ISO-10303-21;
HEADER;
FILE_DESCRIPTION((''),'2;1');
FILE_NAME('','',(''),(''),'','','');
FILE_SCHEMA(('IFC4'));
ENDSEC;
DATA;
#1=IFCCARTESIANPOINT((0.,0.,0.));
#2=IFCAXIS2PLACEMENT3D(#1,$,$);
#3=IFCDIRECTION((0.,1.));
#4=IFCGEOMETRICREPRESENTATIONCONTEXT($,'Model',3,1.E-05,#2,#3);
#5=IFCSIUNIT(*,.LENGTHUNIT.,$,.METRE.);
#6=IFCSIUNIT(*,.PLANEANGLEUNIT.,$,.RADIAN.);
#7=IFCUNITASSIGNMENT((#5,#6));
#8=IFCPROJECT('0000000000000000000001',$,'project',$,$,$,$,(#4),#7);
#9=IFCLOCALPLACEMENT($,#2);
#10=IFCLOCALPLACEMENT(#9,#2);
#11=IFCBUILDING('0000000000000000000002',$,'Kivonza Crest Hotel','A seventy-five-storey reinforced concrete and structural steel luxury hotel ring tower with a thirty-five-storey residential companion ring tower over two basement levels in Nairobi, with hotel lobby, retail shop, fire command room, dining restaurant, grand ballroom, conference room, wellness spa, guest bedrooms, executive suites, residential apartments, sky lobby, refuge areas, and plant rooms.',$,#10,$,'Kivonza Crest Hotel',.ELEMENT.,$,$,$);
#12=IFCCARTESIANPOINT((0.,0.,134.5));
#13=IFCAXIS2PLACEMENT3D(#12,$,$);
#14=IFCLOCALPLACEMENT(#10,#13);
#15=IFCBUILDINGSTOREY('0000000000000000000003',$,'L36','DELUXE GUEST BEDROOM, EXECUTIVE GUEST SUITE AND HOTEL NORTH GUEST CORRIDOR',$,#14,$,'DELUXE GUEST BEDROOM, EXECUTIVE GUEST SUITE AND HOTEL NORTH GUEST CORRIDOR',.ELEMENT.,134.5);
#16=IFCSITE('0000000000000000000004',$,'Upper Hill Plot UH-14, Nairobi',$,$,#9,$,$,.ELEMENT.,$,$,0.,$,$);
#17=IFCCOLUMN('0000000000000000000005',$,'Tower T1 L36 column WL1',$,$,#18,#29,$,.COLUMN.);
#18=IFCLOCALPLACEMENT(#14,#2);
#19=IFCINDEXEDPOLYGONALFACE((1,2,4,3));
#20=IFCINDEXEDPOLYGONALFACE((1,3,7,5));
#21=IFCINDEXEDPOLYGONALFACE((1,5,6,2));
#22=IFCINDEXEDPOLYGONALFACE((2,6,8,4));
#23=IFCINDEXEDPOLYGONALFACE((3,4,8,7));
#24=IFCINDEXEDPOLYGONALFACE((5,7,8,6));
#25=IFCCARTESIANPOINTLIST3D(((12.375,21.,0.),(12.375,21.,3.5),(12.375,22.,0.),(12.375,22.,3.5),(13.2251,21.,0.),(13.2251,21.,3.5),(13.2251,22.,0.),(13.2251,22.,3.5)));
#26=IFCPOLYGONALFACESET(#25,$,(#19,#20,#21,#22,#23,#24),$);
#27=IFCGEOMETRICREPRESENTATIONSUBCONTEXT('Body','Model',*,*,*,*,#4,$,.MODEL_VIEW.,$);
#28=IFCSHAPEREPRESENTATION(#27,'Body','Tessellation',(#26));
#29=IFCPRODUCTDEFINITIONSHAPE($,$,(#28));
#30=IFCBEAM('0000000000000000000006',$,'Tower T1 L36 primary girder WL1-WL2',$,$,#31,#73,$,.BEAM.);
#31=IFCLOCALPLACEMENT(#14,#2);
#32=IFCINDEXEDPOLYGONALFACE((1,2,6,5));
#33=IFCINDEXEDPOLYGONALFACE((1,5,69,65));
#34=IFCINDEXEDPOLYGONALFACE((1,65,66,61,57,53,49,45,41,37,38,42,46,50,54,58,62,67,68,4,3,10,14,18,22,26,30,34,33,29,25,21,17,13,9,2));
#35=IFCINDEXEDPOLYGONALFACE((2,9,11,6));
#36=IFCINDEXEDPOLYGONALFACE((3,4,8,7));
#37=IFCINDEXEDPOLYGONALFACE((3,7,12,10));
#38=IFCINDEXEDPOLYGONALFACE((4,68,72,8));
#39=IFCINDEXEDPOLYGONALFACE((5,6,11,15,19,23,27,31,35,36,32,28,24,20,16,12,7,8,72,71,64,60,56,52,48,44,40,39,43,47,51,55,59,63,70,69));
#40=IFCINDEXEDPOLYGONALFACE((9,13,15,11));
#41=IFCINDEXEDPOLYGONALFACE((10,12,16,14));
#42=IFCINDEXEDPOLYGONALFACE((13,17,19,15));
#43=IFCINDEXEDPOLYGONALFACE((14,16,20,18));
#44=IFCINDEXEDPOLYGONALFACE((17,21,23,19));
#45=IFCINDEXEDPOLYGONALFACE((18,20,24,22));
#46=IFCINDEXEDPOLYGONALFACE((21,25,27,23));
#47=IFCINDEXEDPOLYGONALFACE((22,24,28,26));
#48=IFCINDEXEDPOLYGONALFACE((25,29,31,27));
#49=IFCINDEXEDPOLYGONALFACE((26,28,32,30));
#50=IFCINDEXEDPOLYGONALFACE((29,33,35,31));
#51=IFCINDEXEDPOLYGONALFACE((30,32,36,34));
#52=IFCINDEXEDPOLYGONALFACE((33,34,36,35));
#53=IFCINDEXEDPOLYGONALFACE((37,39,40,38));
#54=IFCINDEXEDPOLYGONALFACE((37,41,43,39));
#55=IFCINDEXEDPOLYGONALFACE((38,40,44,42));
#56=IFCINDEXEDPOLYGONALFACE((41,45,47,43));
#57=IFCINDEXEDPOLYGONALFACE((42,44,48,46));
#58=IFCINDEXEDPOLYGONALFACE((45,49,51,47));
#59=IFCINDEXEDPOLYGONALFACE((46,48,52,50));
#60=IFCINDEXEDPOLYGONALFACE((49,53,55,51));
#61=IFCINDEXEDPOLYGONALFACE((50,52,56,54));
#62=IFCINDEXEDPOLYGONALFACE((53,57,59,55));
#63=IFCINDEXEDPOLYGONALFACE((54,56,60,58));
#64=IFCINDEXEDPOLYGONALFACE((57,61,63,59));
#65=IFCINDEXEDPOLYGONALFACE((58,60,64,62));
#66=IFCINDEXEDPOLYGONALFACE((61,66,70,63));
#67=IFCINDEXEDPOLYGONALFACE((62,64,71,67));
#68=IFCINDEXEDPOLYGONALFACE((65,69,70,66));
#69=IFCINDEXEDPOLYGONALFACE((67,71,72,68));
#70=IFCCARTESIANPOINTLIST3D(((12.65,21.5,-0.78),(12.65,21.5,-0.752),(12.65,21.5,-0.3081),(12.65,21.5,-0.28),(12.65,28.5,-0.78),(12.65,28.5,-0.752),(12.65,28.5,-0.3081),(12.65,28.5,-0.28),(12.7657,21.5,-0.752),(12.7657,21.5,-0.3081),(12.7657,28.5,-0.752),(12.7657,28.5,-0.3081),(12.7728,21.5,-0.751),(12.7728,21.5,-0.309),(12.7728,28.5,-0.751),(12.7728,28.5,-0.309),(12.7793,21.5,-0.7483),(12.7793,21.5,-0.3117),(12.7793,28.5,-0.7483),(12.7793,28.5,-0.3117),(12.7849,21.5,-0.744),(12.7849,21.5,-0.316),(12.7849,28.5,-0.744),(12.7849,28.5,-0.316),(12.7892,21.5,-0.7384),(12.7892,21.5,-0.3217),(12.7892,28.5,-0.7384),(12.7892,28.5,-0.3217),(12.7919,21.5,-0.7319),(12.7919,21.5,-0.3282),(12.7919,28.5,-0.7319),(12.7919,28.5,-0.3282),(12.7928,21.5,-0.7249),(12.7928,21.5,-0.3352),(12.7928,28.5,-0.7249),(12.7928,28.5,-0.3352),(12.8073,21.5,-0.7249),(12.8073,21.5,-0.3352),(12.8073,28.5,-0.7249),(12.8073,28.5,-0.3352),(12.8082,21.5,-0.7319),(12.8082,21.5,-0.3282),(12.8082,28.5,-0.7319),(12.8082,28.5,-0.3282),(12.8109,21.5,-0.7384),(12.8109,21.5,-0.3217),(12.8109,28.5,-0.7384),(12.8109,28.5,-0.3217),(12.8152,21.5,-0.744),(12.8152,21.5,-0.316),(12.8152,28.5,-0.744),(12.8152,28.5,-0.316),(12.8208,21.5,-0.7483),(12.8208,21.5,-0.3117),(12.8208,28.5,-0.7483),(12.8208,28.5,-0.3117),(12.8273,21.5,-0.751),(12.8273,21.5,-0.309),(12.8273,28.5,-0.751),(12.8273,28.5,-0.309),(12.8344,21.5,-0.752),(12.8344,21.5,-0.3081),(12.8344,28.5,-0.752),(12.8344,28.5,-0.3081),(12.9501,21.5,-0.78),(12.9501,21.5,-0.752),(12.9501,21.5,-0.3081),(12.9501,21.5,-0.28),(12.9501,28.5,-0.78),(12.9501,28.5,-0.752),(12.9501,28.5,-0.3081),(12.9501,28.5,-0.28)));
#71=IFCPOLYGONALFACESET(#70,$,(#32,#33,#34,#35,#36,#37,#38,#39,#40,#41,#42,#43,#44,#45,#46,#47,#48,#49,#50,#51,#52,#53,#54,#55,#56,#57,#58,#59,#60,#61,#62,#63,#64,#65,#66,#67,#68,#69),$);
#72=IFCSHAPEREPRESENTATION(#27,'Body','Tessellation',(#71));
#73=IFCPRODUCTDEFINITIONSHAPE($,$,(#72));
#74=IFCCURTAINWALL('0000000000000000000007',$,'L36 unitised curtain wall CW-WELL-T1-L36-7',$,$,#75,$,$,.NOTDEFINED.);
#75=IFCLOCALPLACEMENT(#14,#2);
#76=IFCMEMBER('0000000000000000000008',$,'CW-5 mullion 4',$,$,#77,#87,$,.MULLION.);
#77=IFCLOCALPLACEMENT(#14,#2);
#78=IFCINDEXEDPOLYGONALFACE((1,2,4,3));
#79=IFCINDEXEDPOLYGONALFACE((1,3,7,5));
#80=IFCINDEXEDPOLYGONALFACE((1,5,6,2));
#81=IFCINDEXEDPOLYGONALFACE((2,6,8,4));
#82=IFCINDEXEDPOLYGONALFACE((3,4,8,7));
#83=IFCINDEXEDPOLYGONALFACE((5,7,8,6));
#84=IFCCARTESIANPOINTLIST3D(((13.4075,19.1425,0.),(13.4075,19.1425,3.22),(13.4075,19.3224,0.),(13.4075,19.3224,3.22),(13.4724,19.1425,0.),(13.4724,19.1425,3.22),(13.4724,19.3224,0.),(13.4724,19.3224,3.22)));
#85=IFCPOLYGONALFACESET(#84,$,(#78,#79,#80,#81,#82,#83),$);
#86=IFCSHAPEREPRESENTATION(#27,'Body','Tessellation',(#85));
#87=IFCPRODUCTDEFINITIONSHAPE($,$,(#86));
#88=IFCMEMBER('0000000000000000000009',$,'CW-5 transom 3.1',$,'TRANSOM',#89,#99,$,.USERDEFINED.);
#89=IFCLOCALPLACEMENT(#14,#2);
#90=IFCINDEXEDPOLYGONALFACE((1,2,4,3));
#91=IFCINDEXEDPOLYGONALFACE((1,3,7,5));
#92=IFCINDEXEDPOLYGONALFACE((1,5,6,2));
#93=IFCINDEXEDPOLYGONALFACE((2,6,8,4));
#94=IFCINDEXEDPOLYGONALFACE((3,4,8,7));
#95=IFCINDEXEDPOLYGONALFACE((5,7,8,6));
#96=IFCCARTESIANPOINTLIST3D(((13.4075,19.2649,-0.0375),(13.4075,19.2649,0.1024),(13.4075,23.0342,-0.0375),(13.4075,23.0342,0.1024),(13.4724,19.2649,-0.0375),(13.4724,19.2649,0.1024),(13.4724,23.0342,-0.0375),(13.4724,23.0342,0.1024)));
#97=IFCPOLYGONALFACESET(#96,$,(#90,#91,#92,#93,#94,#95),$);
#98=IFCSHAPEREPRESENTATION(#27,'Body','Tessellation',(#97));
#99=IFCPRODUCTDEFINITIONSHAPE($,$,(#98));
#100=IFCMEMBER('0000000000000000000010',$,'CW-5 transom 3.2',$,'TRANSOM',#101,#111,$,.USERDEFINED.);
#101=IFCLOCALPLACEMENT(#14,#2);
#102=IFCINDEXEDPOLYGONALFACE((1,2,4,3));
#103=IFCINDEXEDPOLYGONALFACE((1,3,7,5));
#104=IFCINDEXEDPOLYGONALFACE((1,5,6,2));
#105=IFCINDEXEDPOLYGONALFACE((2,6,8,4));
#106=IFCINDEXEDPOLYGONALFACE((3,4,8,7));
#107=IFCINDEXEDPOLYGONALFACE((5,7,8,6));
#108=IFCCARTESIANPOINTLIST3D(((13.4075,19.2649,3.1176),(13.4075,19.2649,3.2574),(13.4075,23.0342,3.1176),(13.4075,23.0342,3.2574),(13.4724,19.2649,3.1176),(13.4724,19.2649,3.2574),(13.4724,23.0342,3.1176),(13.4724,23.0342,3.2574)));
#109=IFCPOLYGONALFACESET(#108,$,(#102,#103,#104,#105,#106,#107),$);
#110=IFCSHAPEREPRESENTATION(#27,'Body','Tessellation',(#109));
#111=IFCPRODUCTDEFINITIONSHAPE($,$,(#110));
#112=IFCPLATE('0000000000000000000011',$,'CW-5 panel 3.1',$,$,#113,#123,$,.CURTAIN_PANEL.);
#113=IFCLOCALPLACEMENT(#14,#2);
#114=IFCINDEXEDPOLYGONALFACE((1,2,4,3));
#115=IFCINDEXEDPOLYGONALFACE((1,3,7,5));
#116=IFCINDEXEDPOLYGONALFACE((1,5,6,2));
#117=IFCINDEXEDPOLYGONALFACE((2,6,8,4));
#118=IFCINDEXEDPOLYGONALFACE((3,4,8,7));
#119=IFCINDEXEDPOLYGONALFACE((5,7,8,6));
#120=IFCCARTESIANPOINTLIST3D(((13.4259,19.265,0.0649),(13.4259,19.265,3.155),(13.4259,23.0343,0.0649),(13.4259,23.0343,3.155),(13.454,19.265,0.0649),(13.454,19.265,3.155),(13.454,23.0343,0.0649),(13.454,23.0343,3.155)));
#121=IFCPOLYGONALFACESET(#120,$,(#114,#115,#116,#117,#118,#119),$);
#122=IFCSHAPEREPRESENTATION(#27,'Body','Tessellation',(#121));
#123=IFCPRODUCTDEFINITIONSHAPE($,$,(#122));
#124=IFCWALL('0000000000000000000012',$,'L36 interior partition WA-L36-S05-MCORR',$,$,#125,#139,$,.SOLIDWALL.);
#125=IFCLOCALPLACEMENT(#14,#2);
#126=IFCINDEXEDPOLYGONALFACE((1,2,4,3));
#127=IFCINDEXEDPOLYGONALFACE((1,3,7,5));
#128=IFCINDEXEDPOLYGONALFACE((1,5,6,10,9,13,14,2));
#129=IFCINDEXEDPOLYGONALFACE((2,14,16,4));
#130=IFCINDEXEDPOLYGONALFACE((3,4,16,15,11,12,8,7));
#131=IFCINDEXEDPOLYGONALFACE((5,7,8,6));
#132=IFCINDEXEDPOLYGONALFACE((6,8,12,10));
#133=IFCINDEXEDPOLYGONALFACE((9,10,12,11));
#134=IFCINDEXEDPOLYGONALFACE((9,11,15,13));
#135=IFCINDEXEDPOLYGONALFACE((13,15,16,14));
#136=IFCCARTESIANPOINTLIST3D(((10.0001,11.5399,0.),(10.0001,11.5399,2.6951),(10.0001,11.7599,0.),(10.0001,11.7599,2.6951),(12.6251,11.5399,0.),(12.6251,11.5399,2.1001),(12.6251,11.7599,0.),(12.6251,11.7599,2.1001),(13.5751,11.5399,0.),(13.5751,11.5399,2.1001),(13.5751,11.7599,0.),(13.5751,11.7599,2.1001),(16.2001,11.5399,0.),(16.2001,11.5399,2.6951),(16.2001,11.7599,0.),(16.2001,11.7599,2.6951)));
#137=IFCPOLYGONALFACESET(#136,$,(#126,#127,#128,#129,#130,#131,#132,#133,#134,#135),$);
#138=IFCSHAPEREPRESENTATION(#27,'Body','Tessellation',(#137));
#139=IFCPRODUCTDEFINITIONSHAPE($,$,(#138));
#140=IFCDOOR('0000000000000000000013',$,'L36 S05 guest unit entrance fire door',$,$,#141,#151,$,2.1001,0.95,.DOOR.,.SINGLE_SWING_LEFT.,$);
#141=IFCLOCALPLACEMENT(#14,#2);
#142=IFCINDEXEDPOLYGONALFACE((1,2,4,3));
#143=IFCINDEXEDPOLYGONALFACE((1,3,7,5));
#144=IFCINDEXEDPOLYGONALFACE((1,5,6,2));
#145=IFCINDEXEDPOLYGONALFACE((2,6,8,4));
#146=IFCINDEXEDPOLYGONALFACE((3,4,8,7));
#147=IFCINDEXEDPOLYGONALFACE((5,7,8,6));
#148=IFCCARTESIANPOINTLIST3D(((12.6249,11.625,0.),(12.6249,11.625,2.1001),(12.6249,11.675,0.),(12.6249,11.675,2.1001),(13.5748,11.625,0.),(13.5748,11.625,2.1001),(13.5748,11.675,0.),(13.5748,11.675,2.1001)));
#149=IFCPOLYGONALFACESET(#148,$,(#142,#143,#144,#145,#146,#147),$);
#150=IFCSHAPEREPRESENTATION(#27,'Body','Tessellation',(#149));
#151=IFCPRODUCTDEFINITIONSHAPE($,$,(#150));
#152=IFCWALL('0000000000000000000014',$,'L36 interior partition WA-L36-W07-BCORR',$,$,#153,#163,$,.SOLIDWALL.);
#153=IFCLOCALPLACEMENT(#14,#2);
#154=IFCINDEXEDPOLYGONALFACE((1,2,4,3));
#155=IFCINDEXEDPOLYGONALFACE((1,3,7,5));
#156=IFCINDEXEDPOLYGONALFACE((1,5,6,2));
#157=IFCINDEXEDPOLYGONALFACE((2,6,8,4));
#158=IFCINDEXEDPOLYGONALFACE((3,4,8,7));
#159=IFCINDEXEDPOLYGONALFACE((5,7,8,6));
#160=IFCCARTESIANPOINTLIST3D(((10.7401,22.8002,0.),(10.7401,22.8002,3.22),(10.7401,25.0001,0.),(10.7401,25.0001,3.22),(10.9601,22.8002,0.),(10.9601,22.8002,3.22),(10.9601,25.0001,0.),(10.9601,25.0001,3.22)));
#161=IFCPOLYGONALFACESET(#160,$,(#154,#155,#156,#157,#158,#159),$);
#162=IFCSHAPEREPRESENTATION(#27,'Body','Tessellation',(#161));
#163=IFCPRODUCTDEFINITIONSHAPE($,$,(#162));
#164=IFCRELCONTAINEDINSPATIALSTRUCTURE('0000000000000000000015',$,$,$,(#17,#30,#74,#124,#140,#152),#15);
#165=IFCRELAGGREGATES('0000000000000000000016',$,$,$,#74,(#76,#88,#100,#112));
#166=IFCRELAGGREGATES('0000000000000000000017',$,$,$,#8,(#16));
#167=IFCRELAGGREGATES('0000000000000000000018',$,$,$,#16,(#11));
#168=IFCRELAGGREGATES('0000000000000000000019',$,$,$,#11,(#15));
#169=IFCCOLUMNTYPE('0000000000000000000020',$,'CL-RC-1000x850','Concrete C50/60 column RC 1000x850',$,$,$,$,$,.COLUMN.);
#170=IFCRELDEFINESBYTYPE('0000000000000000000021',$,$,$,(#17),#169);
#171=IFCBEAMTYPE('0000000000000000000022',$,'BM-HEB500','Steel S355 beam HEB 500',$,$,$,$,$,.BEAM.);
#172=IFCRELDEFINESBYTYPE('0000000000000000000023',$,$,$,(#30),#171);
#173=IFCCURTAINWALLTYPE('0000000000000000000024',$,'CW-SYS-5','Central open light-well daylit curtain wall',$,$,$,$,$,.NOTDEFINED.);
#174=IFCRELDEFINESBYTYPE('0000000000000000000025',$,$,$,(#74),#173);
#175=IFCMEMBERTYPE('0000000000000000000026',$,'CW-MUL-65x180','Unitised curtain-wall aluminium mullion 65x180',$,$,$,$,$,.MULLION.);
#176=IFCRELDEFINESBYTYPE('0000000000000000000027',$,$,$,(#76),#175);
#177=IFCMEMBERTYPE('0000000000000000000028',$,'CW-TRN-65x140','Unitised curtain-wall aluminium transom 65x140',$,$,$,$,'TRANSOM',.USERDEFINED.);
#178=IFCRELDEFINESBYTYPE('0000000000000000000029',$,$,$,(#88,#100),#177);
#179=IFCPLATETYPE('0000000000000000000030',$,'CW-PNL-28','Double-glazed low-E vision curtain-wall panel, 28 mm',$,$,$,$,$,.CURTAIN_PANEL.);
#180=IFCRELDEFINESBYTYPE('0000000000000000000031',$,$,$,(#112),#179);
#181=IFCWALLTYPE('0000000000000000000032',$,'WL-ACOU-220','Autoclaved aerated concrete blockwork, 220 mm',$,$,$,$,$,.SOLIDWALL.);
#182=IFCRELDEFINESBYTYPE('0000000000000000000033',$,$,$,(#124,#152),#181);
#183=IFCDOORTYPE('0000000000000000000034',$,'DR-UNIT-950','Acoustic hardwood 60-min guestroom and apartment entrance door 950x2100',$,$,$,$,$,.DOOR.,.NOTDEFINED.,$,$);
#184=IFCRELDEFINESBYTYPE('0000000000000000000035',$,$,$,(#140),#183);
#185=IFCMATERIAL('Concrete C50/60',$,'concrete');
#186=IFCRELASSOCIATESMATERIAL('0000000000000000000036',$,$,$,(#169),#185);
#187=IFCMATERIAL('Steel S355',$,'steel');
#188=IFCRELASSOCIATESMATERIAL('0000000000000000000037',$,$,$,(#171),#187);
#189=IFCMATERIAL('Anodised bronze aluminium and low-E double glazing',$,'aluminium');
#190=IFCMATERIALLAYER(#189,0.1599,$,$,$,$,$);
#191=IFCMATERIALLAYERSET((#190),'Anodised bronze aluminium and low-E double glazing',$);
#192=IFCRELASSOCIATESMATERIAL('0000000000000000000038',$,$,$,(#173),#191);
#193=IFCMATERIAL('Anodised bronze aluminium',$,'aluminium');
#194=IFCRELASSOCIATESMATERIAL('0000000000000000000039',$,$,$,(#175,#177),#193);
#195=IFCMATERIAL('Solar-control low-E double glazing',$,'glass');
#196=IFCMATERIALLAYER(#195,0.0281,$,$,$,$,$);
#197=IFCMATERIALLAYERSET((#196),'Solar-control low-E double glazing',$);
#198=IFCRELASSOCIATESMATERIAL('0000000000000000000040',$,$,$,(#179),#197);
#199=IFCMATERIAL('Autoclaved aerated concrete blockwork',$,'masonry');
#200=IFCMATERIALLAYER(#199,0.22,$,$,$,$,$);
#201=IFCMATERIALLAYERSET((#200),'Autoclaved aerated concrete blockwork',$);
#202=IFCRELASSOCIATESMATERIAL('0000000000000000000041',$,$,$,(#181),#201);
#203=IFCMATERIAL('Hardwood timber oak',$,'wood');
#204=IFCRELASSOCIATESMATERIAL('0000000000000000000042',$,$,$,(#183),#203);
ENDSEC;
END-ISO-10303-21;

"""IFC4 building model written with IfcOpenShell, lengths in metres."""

from ifc_helpers import new_model, si_unit, direction, frame, frame_2d, origin, origin_2d, place, context, subcontext, project, spatial, rectangle, i_section, extrude, material, layer, layer_set, material_profile, profile_set, type_object, element, fill, aggregate, save


model = new_model("IFC4")

# Units and contexts
model_context = context("Model", 3, precision=1e-05, world=origin(), true_north=direction((0.0, 1.0)))
body_context = subcontext(model_context, "Body", "Model", "MODEL_VIEW")
ifc_project = project(units=[si_unit("LENGTHUNIT", "METRE"), si_unit("PLANEANGLEUNIT", "RADIAN")], contexts=[model_context])

# Site, building, storey
site_placement = place(None, origin())
site = spatial("IfcSite", under=ifc_project, at=site_placement, Name="Upper Hill Plot UH-14, Nairobi", CompositionType="ELEMENT", RefElevation=0.0)
building_placement = place(site_placement, origin())
building = spatial("IfcBuilding", under=site, at=building_placement, Name="Kivonza Crest Hotel", Description="A seventy-five-storey reinforced concrete and structural steel luxury hotel ring tower with a thirty-five-storey residential companion ring tower over two basement levels in Nairobi, with hotel lobby, retail shop, fire command room, dining restaurant, grand ballroom, conference room, wellness spa, guest bedrooms, executive suites, residential apartments, sky lobby, refuge areas, and plant rooms.", LongName="Kivonza Crest Hotel", CompositionType="ELEMENT")
storey_placement = place(building_placement, frame((0.0, 0.0, 134.5)))
storey = spatial("IfcBuildingStorey", under=building, at=storey_placement, Name="L36", Description="DELUXE GUEST BEDROOM, EXECUTIVE GUEST SUITE AND HOTEL NORTH GUEST CORRIDOR", LongName="DELUXE GUEST BEDROOM, EXECUTIVE GUEST SUITE AND HOTEL NORTH GUEST CORRIDOR", CompositionType="ELEMENT", Elevation=134.5)

# Column
ifc_material_1 = material(Name="Concrete C50/60", Category="concrete")
ifc_material_profile_1 = material_profile(ifc_material_1, rectangle(XDim=0.8501, YDim=1.0, at=origin_2d()), Name="RC 1000x850")
ifc_profile_set_1 = profile_set([ifc_material_profile_1], Name="Concrete C50/60")
column_type = type_object("IfcColumnType", Name="CL-RC-1000x850", Description="Concrete C50/60 column RC 1000x850", PredefinedType="COLUMN", material=ifc_profile_set_1)
column_placement = place(storey_placement, frame((12.8, 21.5, 0.0), z_axis=(0.0, 0.0, 1.0), x_axis=(1.0, 0.0, 0.0)))
element("IfcColumn", 1, at=column_placement, inside=storey, type_object=column_type, Name="Tower T1 L36 column WL1", PredefinedType="COLUMN", context=body_context, shape_type="SweptSolid", body=[
    extrude(rectangle(XDim=0.8501, YDim=1.0, at=origin_2d()), origin(), (0.0, 0.0, 1.0), 3.5),
])

# Beam
ifc_material_2 = material(Name="Steel S355", Category="steel")
ifc_material_profile_2 = material_profile(ifc_material_2, i_section(OverallWidth=0.3, OverallDepth=0.5, WebThickness=0.0144, FlangeThickness=0.0281, FilletRadius=0.0271, at=origin_2d()), Name="HEB 500")
ifc_profile_set_2 = profile_set([ifc_material_profile_2], Name="Steel S355")
beam_type = type_object("IfcBeamType", Name="BM-HEB500", Description="Steel S355 beam HEB 500", PredefinedType="BEAM", material=ifc_profile_set_2)
beam_placement = place(storey_placement, frame((12.8, 21.5, -0.53), z_axis=(0.0, 1.0, 0.0), x_axis=(-1.0, 0.0, 0.0)))
element("IfcBeam", 2, at=beam_placement, inside=storey, type_object=beam_type, Name="Tower T1 L36 primary girder WL1-WL2", PredefinedType="BEAM", context=body_context, shape_type="SweptSolid", body=[
    extrude(i_section(OverallWidth=0.3, OverallDepth=0.5, WebThickness=0.0144, FlangeThickness=0.0281, FilletRadius=0.0271, at=origin_2d()), origin(), (0.0, 0.0, 1.0), 7.0),
])

# Curtain wall, members, plate
ifc_material_3 = material(Name="Anodised bronze aluminium and low-E double glazing", Category="aluminium")
ifc_layer_1 = layer(ifc_material_3, 0.1599)
ifc_layer_set_1 = layer_set([ifc_layer_1], Name="Anodised bronze aluminium and low-E double glazing")
curtain_wall_type = type_object("IfcCurtainWallType", Name="CW-SYS-5", Description="Central open light-well daylit curtain wall", PredefinedType="NOTDEFINED", material=ifc_layer_set_1)
curtain_wall_placement = place(storey_placement, origin())
curtain_wall = element("IfcCurtainWall", 3, at=curtain_wall_placement, inside=storey, type_object=curtain_wall_type, Name="L36 unitised curtain wall CW-WELL-T1-L36-7", PredefinedType="NOTDEFINED")
ifc_material_4 = material(Name="Anodised bronze aluminium", Category="aluminium")
ifc_material_profile_3 = material_profile(ifc_material_4, rectangle(XDim=0.0649, YDim=0.1799, at=origin_2d()), Name="CW-M 65x180")
ifc_profile_set_3 = profile_set([ifc_material_profile_3], Name="Anodised bronze aluminium")
member_type_1 = type_object("IfcMemberType", Name="CW-MUL-65x180", Description="Unitised curtain-wall aluminium mullion 65x180", PredefinedType="MULLION", material=ifc_profile_set_3)
member_1_placement = place(storey_placement, frame((13.4399, 19.2324, 0.0), z_axis=(0.0, 0.0, 1.0), x_axis=(1.0, 0.0, 0.0)))
member_1 = element("IfcMember", 4, at=member_1_placement, type_object=member_type_1, Name="CW-5 mullion 4", PredefinedType="MULLION", context=body_context, shape_type="SweptSolid", body=[
    extrude(rectangle(XDim=0.0649, YDim=0.1799, at=origin_2d()), origin(), (0.0, 0.0, 1.0), 3.22),
])
ifc_material_profile_4 = material_profile(ifc_material_4, rectangle(XDim=0.0649, YDim=0.1399, at=origin_2d()), Name="CW-T 65x140")
ifc_profile_set_4 = profile_set([ifc_material_profile_4], Name="Anodised bronze aluminium")
member_type_2 = type_object("IfcMemberType", Name="CW-TRN-65x140", Description="Unitised curtain-wall aluminium transom 65x140", ElementType="TRANSOM", PredefinedType="USERDEFINED", material=ifc_profile_set_4)
member_2_placement = place(storey_placement, frame((13.4399, 23.0342, 0.0325), z_axis=(0.0, -1.0, 0.0), x_axis=(1.0, 0.0, 0.0)))
member_2 = element("IfcMember", 5, at=member_2_placement, type_object=member_type_2, Name="CW-5 transom 3.1", ObjectType="TRANSOM", PredefinedType="USERDEFINED", context=body_context, shape_type="SweptSolid", body=[
    extrude(rectangle(XDim=0.0649, YDim=0.1399, at=origin_2d()), origin(), (0.0, 0.0, 1.0), 3.7693),
])
member_3_placement = place(storey_placement, frame((13.4399, 23.0342, 3.1875), z_axis=(0.0, -1.0, 0.0), x_axis=(1.0, 0.0, 0.0)))
member_3 = element("IfcMember", 6, at=member_3_placement, type_object=member_type_2, Name="CW-5 transom 3.2", ObjectType="TRANSOM", PredefinedType="USERDEFINED", context=body_context, shape_type="SweptSolid", body=[
    extrude(rectangle(XDim=0.0649, YDim=0.1399, at=origin_2d()), origin(), (0.0, 0.0, 1.0), 3.7693),
])
ifc_material_5 = material(Name="Solar-control low-E double glazing", Category="glass")
ifc_layer_2 = layer(ifc_material_5, 0.0281)
ifc_layer_set_2 = layer_set([ifc_layer_2], Name="Solar-control low-E double glazing")
plate_type = type_object("IfcPlateType", Name="CW-PNL-28", Description="Double-glazed low-E vision curtain-wall panel, 28 mm", PredefinedType="CURTAIN_PANEL", material=ifc_layer_set_2)
plate_placement = place(storey_placement, frame((13.4399, 21.1497, 0.0649), z_axis=(0.0, 0.0, 1.0), x_axis=(0.0, -1.0, 0.0)))
plate = element("IfcPlate", 7, at=plate_placement, type_object=plate_type, Name="CW-5 panel 3.1", PredefinedType="CURTAIN_PANEL", context=body_context, shape_type="SweptSolid", body=[
    extrude(rectangle(XDim=3.7693, YDim=0.0281, at=origin_2d()), origin(), (0.0, 0.0, 1.0), 3.0901),
])
aggregate(curtain_wall, [member_1, member_2, member_3, plate])

# Wall, opening, door
ifc_material_6 = material(Name="Autoclaved aerated concrete blockwork", Category="masonry")
ifc_layer_3 = layer(ifc_material_6, 0.22)
ifc_layer_set_3 = layer_set([ifc_layer_3], Name="Autoclaved aerated concrete blockwork")
wall_type_1 = type_object("IfcWallType", Name="WL-ACOU-220", Description="Autoclaved aerated concrete blockwork, 220 mm", PredefinedType="SOLIDWALL", material=ifc_layer_set_3)
wall_1_placement = place(storey_placement, frame((10.0, 11.6499, 0.0), z_axis=(0.0, 0.0, 1.0), x_axis=(1.0, 0.0, 0.0)))
wall_1 = element("IfcWall", 8, at=wall_1_placement, inside=storey, type_object=wall_type_1, Name="L36 interior partition WA-L36-S05-MCORR", PredefinedType="SOLIDWALL", context=body_context, shape_type="SweptSolid", body=[
    extrude(rectangle(XDim=6.2, YDim=0.22, at=frame_2d((3.1001, 0.0))), origin(), (0.0, 0.0, 1.0), 2.6951),
])
opening_1_placement = place(wall_1_placement, frame((2.625, 0.0, 0.0)))
opening_1 = element("IfcOpeningElement", 9, at=opening_1_placement, cuts=wall_1, PredefinedType="OPENING", context=body_context, shape_type="SweptSolid", body=[
    extrude(rectangle(XDim=0.95, YDim=2.1001, at=frame_2d((0.4751, 1.05))), frame((0.0, 0.1201, 0.0), z_axis=(0.0, -1.0, 0.0), x_axis=(1.0, 0.0, 0.0)), (0.0, 0.0, 1.0), 0.24),
])
ifc_material_7 = material(Name="Hardwood timber oak", Category="wood")
door_type_1 = type_object("IfcDoorType", Name="DR-UNIT-950", Description="Acoustic hardwood 60-min guestroom and apartment entrance door 950x2100", OperationType="NOTDEFINED", PredefinedType="DOOR", material=ifc_material_7)
door_1_placement = place(opening_1_placement, frame((0.95, 0.0, 0.0), z_axis=(0.0, 0.0, 1.0), x_axis=(-1.0, 0.0, 0.0)))
door_1 = element("IfcDoor", 10, at=door_1_placement, inside=storey, type_object=door_type_1, Name="L36 S05 guest unit entrance fire door", OperationType="SINGLE_SWING_LEFT", OverallHeight=2.1001, OverallWidth=0.95, PredefinedType="DOOR", context=body_context, shape_type="SweptSolid", body=[
    extrude(rectangle(XDim=0.95, YDim=2.1001, at=frame_2d((0.4751, 1.05))), frame((0.0, 0.0249, 0.0), z_axis=(0.0, -1.0, 0.0), x_axis=(1.0, 0.0, 0.0)), (0.0, 0.0, 1.0), 0.05),
])
fill(opening_1, door_1)

# Wall
wall_2_placement = place(storey_placement, frame((10.8501, 22.8, 0.0), z_axis=(0.0, 0.0, 1.0), x_axis=(0.0, 1.0, 0.0)))
element("IfcWall", 11, at=wall_2_placement, inside=storey, type_object=wall_type_1, Name="L36 interior partition WA-L36-W07-BCORR", PredefinedType="SOLIDWALL", context=body_context, shape_type="SweptSolid", body=[
    extrude(rectangle(XDim=2.2, YDim=0.22, at=frame_2d((1.1001, 0.0))), origin(), (0.0, 0.0, 1.0), 3.22),
])

save(model, "model.ifc")
